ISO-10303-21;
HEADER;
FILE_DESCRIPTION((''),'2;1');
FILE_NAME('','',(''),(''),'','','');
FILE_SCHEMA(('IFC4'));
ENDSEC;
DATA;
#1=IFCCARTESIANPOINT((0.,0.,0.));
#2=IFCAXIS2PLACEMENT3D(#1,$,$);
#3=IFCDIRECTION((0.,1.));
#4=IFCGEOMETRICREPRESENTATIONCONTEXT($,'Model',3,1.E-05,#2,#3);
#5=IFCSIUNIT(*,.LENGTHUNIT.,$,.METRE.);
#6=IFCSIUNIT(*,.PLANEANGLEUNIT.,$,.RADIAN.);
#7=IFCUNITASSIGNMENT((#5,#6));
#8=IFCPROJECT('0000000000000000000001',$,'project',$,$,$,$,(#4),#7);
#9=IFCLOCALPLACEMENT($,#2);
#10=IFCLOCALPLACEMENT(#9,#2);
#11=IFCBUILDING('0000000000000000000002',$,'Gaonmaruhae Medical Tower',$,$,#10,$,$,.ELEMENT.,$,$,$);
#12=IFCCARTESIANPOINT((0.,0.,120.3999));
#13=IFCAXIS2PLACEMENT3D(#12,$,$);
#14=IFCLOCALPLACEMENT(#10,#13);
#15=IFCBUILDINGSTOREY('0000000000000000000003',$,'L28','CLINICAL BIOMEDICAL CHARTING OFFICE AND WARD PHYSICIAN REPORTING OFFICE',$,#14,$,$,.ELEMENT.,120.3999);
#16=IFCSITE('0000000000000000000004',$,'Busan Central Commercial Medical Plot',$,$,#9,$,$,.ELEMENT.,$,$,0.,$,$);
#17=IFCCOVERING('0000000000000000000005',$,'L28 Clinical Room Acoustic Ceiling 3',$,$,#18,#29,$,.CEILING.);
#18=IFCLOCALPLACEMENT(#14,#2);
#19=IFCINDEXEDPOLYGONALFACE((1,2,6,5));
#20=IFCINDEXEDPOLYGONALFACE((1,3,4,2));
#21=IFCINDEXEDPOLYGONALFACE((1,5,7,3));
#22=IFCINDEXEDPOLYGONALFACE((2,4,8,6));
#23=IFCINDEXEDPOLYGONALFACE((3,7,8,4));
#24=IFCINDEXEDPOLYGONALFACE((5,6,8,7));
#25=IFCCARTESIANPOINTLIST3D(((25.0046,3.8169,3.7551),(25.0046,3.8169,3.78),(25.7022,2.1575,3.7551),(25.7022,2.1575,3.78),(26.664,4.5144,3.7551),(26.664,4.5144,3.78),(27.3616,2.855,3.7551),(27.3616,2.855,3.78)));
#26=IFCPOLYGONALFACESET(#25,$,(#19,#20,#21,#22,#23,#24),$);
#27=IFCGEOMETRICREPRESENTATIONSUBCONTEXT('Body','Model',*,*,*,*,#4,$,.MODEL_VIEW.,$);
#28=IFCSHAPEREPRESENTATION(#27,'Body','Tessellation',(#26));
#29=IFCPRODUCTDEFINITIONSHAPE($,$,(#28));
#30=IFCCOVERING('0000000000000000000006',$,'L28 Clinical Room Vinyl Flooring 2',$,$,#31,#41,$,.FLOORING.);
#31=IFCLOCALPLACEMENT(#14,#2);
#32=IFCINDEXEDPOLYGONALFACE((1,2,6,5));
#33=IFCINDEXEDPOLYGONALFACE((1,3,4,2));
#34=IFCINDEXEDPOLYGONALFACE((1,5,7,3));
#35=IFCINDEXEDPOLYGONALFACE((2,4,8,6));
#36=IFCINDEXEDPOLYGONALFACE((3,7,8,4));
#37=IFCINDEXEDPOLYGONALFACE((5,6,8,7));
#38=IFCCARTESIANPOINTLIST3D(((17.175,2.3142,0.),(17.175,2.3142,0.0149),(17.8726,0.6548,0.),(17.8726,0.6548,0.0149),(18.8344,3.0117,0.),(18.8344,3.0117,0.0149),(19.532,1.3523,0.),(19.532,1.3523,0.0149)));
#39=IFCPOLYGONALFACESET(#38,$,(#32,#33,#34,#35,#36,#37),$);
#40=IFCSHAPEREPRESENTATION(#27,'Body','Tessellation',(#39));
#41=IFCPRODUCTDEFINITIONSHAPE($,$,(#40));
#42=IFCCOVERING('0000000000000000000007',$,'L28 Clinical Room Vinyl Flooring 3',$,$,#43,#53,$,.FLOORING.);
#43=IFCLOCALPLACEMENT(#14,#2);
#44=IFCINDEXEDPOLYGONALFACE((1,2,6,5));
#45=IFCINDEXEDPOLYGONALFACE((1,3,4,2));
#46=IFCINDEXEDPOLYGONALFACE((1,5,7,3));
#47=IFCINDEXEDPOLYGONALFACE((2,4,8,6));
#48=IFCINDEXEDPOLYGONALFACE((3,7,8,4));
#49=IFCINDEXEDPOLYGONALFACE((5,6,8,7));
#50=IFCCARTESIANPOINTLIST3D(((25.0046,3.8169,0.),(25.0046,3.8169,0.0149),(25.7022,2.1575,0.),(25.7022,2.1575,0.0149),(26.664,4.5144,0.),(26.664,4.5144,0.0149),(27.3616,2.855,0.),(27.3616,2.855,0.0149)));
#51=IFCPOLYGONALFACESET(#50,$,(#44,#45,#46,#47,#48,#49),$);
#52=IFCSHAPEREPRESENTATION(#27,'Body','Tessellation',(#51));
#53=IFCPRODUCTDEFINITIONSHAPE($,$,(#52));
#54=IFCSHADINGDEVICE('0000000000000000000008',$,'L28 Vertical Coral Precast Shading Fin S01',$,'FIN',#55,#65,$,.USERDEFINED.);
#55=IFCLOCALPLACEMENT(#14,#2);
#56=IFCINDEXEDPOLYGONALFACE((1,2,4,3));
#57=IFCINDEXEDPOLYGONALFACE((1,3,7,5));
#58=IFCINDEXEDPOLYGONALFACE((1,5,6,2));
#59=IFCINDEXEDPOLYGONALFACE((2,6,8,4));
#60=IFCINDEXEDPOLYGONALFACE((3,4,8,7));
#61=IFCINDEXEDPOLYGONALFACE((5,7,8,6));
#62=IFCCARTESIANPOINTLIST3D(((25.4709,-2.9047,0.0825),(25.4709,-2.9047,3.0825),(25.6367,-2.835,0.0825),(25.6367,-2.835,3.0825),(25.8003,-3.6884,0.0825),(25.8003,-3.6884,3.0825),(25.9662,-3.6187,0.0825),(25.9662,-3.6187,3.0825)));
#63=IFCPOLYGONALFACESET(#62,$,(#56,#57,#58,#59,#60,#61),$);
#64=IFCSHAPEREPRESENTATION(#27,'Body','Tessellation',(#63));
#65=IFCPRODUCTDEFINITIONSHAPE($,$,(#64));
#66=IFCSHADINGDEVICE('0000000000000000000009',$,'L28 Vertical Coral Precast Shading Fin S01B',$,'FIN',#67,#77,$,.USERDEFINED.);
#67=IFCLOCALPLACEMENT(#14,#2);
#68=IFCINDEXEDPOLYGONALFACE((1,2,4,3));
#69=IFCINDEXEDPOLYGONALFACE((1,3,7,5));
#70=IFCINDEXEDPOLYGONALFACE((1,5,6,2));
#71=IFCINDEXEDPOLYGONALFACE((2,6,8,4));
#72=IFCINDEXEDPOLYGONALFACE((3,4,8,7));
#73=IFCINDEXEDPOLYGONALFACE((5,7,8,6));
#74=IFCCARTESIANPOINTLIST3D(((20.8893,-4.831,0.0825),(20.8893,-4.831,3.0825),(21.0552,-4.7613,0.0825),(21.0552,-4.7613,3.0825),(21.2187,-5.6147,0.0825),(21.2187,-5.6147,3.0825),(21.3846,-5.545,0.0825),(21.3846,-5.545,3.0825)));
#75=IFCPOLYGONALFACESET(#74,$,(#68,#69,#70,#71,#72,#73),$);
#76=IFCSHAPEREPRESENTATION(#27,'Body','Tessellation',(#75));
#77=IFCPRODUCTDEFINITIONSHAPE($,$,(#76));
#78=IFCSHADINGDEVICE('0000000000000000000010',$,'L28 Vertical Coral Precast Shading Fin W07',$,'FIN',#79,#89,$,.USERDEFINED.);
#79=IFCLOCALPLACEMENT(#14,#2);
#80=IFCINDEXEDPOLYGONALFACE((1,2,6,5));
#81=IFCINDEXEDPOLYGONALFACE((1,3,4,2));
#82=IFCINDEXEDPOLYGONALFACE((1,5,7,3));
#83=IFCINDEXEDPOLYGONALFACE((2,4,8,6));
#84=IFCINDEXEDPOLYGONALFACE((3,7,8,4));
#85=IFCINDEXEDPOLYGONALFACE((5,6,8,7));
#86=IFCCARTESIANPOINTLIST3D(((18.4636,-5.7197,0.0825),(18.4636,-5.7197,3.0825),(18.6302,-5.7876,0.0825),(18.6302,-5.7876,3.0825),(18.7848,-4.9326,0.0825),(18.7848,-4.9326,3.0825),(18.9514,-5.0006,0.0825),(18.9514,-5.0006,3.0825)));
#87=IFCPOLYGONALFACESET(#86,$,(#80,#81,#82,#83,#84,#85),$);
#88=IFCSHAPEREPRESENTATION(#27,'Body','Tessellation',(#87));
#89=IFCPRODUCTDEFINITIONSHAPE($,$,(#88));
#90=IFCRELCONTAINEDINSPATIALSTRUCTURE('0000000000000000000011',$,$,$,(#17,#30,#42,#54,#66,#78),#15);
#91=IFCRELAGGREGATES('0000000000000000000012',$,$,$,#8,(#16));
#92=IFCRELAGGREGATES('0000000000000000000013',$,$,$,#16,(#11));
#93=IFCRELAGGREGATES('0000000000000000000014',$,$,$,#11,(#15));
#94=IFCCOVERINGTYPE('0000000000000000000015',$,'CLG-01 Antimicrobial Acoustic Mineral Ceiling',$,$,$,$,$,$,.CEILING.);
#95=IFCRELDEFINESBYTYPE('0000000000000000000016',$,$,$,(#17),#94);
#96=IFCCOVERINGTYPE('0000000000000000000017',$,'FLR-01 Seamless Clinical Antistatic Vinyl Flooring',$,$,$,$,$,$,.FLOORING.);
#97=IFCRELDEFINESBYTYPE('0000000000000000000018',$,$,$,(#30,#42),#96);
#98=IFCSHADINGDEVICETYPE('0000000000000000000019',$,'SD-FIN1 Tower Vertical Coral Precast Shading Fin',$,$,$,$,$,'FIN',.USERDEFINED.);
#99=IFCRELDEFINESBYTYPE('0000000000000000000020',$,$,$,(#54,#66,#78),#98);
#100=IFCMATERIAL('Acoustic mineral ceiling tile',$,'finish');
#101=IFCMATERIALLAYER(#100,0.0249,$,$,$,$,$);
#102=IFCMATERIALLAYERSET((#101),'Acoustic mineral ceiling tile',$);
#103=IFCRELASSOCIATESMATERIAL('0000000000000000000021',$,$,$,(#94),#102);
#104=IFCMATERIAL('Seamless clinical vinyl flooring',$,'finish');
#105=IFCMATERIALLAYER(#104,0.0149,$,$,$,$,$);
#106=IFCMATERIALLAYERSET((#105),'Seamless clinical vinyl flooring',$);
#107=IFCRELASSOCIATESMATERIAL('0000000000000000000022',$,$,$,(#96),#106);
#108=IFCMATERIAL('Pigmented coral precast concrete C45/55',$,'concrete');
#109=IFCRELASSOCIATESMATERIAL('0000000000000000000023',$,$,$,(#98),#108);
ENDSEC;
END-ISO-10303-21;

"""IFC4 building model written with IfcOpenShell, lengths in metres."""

from ifc_helpers import new_model, si_unit, direction, frame, origin, origin_2d, place, context, subcontext, project, spatial, rectangle, extrude, material, layer, layer_set, type_object, element, save


model = new_model("IFC4")

# Units and contexts
model_context = context("Model", 3, precision=1e-05, world=origin(), true_north=direction((0.0, 1.0)))
body_context = subcontext(model_context, "Body", "Model", "MODEL_VIEW")
ifc_project = project(units=[si_unit("LENGTHUNIT", "METRE"), si_unit("PLANEANGLEUNIT", "RADIAN")], contexts=[model_context])

# Site, building, storey
site_placement = place(None, origin())
site = spatial("IfcSite", under=ifc_project, at=site_placement, Name="Busan Central Commercial Medical Plot", CompositionType="ELEMENT", RefElevation=0.0)
building_placement = place(site_placement, origin())
building = spatial("IfcBuilding", under=site, at=building_placement, Name="Gaonmaruhae Medical Tower", CompositionType="ELEMENT")
storey_placement = place(building_placement, frame((0.0, 0.0, 120.3999)))
storey = spatial("IfcBuildingStorey", under=building, at=storey_placement, Name="L28", Description="CLINICAL BIOMEDICAL CHARTING OFFICE AND WARD PHYSICIAN REPORTING OFFICE", CompositionType="ELEMENT", Elevation=120.3999)

# Coverings
ifc_material_1 = material(Name="Acoustic mineral ceiling tile", Category="finish")
ifc_layer_1 = layer(ifc_material_1, 0.0249)
ifc_layer_set_1 = layer_set([ifc_layer_1], Name="Acoustic mineral ceiling tile")
covering_type_1 = type_object("IfcCoveringType", Name="CLG-01 Antimicrobial Acoustic Mineral Ceiling", PredefinedType="CEILING", material=ifc_layer_set_1)
for number, where, z_axis, x_axis, name in (
    (1, (26.1831, 3.3359, 3.7551), (0.0, 0.0, 1.0), (0.921863, 0.387516, 0.0), "L28 Clinical Room Acoustic Ceiling 3"),
):
    element("IfcCovering", number, at=place(storey_placement, frame(where, z_axis=z_axis, x_axis=x_axis)), inside=storey, type_object=covering_type_1, Name=name, PredefinedType="CEILING", context=body_context, shape_type="SweptSolid", body=[
        extrude(rectangle(XDim=1.8, YDim=1.8, at=origin_2d()), origin(), (0.0, 0.0, 1.0), 0.0249),
    ])
ifc_material_2 = material(Name="Seamless clinical vinyl flooring", Category="finish")
ifc_layer_2 = layer(ifc_material_2, 0.0149)
ifc_layer_set_2 = layer_set([ifc_layer_2], Name="Seamless clinical vinyl flooring")
covering_type_2 = type_object("IfcCoveringType", Name="FLR-01 Seamless Clinical Antistatic Vinyl Flooring", PredefinedType="FLOORING", material=ifc_layer_set_2)
for number, where, z_axis, x_axis, name in (
    (2, (18.3535, 1.8333, 0.0), (0.0, 0.0, 1.0), (0.921863, 0.387516, 0.0), "L28 Clinical Room Vinyl Flooring 2"),
    (3, (26.1831, 3.3359, 0.0), (0.0, 0.0, 1.0), (0.921863, 0.387516, 0.0), "L28 Clinical Room Vinyl Flooring 3"),
):
    element("IfcCovering", number, at=place(storey_placement, frame(where, z_axis=z_axis, x_axis=x_axis)), inside=storey, type_object=covering_type_2, Name=name, PredefinedType="FLOORING", context=body_context, shape_type="SweptSolid", body=[
        extrude(rectangle(XDim=1.8, YDim=1.8, at=origin_2d()), origin(), (0.0, 0.0, 1.0), 0.0149),
    ])

# Shading devices
ifc_material_3 = material(Name="Pigmented coral precast concrete C45/55", Category="concrete")
shading_device_type = type_object("IfcShadingDeviceType", Name="SD-FIN1 Tower Vertical Coral Precast Shading Fin", ElementType="FIN", PredefinedType="USERDEFINED", material=ifc_material_3)
for number, where, z_axis, x_axis, name in (
    (4, (25.7185, -3.2617, 0.0825), (0.0, 0.0, 1.0), (-0.921856, -0.387532, 0.0), "L28 Vertical Coral Precast Shading Fin S01"),
    (5, (21.137, -5.188, 0.0825), (0.0, 0.0, 1.0), (-0.921856, -0.387532, 0.0), "L28 Vertical Coral Precast Shading Fin S01B"),
    (6, (18.7075, -5.3601, 0.0825), (0.0, 0.0, 1.0), (-0.925871, 0.377841, 0.0), "L28 Vertical Coral Precast Shading Fin W07"),
):
    element("IfcShadingDevice", number, at=place(storey_placement, frame(where, z_axis=z_axis, x_axis=x_axis)), inside=storey, type_object=shading_device_type, Name=name, ObjectType="FIN", PredefinedType="USERDEFINED", context=body_context, shape_type="SweptSolid", body=[
        extrude(rectangle(XDim=0.1799, YDim=0.8501, at=origin_2d()), origin(), (0.0, 0.0, 1.0), 3.0),
    ])

save(model, "model.ifc")
